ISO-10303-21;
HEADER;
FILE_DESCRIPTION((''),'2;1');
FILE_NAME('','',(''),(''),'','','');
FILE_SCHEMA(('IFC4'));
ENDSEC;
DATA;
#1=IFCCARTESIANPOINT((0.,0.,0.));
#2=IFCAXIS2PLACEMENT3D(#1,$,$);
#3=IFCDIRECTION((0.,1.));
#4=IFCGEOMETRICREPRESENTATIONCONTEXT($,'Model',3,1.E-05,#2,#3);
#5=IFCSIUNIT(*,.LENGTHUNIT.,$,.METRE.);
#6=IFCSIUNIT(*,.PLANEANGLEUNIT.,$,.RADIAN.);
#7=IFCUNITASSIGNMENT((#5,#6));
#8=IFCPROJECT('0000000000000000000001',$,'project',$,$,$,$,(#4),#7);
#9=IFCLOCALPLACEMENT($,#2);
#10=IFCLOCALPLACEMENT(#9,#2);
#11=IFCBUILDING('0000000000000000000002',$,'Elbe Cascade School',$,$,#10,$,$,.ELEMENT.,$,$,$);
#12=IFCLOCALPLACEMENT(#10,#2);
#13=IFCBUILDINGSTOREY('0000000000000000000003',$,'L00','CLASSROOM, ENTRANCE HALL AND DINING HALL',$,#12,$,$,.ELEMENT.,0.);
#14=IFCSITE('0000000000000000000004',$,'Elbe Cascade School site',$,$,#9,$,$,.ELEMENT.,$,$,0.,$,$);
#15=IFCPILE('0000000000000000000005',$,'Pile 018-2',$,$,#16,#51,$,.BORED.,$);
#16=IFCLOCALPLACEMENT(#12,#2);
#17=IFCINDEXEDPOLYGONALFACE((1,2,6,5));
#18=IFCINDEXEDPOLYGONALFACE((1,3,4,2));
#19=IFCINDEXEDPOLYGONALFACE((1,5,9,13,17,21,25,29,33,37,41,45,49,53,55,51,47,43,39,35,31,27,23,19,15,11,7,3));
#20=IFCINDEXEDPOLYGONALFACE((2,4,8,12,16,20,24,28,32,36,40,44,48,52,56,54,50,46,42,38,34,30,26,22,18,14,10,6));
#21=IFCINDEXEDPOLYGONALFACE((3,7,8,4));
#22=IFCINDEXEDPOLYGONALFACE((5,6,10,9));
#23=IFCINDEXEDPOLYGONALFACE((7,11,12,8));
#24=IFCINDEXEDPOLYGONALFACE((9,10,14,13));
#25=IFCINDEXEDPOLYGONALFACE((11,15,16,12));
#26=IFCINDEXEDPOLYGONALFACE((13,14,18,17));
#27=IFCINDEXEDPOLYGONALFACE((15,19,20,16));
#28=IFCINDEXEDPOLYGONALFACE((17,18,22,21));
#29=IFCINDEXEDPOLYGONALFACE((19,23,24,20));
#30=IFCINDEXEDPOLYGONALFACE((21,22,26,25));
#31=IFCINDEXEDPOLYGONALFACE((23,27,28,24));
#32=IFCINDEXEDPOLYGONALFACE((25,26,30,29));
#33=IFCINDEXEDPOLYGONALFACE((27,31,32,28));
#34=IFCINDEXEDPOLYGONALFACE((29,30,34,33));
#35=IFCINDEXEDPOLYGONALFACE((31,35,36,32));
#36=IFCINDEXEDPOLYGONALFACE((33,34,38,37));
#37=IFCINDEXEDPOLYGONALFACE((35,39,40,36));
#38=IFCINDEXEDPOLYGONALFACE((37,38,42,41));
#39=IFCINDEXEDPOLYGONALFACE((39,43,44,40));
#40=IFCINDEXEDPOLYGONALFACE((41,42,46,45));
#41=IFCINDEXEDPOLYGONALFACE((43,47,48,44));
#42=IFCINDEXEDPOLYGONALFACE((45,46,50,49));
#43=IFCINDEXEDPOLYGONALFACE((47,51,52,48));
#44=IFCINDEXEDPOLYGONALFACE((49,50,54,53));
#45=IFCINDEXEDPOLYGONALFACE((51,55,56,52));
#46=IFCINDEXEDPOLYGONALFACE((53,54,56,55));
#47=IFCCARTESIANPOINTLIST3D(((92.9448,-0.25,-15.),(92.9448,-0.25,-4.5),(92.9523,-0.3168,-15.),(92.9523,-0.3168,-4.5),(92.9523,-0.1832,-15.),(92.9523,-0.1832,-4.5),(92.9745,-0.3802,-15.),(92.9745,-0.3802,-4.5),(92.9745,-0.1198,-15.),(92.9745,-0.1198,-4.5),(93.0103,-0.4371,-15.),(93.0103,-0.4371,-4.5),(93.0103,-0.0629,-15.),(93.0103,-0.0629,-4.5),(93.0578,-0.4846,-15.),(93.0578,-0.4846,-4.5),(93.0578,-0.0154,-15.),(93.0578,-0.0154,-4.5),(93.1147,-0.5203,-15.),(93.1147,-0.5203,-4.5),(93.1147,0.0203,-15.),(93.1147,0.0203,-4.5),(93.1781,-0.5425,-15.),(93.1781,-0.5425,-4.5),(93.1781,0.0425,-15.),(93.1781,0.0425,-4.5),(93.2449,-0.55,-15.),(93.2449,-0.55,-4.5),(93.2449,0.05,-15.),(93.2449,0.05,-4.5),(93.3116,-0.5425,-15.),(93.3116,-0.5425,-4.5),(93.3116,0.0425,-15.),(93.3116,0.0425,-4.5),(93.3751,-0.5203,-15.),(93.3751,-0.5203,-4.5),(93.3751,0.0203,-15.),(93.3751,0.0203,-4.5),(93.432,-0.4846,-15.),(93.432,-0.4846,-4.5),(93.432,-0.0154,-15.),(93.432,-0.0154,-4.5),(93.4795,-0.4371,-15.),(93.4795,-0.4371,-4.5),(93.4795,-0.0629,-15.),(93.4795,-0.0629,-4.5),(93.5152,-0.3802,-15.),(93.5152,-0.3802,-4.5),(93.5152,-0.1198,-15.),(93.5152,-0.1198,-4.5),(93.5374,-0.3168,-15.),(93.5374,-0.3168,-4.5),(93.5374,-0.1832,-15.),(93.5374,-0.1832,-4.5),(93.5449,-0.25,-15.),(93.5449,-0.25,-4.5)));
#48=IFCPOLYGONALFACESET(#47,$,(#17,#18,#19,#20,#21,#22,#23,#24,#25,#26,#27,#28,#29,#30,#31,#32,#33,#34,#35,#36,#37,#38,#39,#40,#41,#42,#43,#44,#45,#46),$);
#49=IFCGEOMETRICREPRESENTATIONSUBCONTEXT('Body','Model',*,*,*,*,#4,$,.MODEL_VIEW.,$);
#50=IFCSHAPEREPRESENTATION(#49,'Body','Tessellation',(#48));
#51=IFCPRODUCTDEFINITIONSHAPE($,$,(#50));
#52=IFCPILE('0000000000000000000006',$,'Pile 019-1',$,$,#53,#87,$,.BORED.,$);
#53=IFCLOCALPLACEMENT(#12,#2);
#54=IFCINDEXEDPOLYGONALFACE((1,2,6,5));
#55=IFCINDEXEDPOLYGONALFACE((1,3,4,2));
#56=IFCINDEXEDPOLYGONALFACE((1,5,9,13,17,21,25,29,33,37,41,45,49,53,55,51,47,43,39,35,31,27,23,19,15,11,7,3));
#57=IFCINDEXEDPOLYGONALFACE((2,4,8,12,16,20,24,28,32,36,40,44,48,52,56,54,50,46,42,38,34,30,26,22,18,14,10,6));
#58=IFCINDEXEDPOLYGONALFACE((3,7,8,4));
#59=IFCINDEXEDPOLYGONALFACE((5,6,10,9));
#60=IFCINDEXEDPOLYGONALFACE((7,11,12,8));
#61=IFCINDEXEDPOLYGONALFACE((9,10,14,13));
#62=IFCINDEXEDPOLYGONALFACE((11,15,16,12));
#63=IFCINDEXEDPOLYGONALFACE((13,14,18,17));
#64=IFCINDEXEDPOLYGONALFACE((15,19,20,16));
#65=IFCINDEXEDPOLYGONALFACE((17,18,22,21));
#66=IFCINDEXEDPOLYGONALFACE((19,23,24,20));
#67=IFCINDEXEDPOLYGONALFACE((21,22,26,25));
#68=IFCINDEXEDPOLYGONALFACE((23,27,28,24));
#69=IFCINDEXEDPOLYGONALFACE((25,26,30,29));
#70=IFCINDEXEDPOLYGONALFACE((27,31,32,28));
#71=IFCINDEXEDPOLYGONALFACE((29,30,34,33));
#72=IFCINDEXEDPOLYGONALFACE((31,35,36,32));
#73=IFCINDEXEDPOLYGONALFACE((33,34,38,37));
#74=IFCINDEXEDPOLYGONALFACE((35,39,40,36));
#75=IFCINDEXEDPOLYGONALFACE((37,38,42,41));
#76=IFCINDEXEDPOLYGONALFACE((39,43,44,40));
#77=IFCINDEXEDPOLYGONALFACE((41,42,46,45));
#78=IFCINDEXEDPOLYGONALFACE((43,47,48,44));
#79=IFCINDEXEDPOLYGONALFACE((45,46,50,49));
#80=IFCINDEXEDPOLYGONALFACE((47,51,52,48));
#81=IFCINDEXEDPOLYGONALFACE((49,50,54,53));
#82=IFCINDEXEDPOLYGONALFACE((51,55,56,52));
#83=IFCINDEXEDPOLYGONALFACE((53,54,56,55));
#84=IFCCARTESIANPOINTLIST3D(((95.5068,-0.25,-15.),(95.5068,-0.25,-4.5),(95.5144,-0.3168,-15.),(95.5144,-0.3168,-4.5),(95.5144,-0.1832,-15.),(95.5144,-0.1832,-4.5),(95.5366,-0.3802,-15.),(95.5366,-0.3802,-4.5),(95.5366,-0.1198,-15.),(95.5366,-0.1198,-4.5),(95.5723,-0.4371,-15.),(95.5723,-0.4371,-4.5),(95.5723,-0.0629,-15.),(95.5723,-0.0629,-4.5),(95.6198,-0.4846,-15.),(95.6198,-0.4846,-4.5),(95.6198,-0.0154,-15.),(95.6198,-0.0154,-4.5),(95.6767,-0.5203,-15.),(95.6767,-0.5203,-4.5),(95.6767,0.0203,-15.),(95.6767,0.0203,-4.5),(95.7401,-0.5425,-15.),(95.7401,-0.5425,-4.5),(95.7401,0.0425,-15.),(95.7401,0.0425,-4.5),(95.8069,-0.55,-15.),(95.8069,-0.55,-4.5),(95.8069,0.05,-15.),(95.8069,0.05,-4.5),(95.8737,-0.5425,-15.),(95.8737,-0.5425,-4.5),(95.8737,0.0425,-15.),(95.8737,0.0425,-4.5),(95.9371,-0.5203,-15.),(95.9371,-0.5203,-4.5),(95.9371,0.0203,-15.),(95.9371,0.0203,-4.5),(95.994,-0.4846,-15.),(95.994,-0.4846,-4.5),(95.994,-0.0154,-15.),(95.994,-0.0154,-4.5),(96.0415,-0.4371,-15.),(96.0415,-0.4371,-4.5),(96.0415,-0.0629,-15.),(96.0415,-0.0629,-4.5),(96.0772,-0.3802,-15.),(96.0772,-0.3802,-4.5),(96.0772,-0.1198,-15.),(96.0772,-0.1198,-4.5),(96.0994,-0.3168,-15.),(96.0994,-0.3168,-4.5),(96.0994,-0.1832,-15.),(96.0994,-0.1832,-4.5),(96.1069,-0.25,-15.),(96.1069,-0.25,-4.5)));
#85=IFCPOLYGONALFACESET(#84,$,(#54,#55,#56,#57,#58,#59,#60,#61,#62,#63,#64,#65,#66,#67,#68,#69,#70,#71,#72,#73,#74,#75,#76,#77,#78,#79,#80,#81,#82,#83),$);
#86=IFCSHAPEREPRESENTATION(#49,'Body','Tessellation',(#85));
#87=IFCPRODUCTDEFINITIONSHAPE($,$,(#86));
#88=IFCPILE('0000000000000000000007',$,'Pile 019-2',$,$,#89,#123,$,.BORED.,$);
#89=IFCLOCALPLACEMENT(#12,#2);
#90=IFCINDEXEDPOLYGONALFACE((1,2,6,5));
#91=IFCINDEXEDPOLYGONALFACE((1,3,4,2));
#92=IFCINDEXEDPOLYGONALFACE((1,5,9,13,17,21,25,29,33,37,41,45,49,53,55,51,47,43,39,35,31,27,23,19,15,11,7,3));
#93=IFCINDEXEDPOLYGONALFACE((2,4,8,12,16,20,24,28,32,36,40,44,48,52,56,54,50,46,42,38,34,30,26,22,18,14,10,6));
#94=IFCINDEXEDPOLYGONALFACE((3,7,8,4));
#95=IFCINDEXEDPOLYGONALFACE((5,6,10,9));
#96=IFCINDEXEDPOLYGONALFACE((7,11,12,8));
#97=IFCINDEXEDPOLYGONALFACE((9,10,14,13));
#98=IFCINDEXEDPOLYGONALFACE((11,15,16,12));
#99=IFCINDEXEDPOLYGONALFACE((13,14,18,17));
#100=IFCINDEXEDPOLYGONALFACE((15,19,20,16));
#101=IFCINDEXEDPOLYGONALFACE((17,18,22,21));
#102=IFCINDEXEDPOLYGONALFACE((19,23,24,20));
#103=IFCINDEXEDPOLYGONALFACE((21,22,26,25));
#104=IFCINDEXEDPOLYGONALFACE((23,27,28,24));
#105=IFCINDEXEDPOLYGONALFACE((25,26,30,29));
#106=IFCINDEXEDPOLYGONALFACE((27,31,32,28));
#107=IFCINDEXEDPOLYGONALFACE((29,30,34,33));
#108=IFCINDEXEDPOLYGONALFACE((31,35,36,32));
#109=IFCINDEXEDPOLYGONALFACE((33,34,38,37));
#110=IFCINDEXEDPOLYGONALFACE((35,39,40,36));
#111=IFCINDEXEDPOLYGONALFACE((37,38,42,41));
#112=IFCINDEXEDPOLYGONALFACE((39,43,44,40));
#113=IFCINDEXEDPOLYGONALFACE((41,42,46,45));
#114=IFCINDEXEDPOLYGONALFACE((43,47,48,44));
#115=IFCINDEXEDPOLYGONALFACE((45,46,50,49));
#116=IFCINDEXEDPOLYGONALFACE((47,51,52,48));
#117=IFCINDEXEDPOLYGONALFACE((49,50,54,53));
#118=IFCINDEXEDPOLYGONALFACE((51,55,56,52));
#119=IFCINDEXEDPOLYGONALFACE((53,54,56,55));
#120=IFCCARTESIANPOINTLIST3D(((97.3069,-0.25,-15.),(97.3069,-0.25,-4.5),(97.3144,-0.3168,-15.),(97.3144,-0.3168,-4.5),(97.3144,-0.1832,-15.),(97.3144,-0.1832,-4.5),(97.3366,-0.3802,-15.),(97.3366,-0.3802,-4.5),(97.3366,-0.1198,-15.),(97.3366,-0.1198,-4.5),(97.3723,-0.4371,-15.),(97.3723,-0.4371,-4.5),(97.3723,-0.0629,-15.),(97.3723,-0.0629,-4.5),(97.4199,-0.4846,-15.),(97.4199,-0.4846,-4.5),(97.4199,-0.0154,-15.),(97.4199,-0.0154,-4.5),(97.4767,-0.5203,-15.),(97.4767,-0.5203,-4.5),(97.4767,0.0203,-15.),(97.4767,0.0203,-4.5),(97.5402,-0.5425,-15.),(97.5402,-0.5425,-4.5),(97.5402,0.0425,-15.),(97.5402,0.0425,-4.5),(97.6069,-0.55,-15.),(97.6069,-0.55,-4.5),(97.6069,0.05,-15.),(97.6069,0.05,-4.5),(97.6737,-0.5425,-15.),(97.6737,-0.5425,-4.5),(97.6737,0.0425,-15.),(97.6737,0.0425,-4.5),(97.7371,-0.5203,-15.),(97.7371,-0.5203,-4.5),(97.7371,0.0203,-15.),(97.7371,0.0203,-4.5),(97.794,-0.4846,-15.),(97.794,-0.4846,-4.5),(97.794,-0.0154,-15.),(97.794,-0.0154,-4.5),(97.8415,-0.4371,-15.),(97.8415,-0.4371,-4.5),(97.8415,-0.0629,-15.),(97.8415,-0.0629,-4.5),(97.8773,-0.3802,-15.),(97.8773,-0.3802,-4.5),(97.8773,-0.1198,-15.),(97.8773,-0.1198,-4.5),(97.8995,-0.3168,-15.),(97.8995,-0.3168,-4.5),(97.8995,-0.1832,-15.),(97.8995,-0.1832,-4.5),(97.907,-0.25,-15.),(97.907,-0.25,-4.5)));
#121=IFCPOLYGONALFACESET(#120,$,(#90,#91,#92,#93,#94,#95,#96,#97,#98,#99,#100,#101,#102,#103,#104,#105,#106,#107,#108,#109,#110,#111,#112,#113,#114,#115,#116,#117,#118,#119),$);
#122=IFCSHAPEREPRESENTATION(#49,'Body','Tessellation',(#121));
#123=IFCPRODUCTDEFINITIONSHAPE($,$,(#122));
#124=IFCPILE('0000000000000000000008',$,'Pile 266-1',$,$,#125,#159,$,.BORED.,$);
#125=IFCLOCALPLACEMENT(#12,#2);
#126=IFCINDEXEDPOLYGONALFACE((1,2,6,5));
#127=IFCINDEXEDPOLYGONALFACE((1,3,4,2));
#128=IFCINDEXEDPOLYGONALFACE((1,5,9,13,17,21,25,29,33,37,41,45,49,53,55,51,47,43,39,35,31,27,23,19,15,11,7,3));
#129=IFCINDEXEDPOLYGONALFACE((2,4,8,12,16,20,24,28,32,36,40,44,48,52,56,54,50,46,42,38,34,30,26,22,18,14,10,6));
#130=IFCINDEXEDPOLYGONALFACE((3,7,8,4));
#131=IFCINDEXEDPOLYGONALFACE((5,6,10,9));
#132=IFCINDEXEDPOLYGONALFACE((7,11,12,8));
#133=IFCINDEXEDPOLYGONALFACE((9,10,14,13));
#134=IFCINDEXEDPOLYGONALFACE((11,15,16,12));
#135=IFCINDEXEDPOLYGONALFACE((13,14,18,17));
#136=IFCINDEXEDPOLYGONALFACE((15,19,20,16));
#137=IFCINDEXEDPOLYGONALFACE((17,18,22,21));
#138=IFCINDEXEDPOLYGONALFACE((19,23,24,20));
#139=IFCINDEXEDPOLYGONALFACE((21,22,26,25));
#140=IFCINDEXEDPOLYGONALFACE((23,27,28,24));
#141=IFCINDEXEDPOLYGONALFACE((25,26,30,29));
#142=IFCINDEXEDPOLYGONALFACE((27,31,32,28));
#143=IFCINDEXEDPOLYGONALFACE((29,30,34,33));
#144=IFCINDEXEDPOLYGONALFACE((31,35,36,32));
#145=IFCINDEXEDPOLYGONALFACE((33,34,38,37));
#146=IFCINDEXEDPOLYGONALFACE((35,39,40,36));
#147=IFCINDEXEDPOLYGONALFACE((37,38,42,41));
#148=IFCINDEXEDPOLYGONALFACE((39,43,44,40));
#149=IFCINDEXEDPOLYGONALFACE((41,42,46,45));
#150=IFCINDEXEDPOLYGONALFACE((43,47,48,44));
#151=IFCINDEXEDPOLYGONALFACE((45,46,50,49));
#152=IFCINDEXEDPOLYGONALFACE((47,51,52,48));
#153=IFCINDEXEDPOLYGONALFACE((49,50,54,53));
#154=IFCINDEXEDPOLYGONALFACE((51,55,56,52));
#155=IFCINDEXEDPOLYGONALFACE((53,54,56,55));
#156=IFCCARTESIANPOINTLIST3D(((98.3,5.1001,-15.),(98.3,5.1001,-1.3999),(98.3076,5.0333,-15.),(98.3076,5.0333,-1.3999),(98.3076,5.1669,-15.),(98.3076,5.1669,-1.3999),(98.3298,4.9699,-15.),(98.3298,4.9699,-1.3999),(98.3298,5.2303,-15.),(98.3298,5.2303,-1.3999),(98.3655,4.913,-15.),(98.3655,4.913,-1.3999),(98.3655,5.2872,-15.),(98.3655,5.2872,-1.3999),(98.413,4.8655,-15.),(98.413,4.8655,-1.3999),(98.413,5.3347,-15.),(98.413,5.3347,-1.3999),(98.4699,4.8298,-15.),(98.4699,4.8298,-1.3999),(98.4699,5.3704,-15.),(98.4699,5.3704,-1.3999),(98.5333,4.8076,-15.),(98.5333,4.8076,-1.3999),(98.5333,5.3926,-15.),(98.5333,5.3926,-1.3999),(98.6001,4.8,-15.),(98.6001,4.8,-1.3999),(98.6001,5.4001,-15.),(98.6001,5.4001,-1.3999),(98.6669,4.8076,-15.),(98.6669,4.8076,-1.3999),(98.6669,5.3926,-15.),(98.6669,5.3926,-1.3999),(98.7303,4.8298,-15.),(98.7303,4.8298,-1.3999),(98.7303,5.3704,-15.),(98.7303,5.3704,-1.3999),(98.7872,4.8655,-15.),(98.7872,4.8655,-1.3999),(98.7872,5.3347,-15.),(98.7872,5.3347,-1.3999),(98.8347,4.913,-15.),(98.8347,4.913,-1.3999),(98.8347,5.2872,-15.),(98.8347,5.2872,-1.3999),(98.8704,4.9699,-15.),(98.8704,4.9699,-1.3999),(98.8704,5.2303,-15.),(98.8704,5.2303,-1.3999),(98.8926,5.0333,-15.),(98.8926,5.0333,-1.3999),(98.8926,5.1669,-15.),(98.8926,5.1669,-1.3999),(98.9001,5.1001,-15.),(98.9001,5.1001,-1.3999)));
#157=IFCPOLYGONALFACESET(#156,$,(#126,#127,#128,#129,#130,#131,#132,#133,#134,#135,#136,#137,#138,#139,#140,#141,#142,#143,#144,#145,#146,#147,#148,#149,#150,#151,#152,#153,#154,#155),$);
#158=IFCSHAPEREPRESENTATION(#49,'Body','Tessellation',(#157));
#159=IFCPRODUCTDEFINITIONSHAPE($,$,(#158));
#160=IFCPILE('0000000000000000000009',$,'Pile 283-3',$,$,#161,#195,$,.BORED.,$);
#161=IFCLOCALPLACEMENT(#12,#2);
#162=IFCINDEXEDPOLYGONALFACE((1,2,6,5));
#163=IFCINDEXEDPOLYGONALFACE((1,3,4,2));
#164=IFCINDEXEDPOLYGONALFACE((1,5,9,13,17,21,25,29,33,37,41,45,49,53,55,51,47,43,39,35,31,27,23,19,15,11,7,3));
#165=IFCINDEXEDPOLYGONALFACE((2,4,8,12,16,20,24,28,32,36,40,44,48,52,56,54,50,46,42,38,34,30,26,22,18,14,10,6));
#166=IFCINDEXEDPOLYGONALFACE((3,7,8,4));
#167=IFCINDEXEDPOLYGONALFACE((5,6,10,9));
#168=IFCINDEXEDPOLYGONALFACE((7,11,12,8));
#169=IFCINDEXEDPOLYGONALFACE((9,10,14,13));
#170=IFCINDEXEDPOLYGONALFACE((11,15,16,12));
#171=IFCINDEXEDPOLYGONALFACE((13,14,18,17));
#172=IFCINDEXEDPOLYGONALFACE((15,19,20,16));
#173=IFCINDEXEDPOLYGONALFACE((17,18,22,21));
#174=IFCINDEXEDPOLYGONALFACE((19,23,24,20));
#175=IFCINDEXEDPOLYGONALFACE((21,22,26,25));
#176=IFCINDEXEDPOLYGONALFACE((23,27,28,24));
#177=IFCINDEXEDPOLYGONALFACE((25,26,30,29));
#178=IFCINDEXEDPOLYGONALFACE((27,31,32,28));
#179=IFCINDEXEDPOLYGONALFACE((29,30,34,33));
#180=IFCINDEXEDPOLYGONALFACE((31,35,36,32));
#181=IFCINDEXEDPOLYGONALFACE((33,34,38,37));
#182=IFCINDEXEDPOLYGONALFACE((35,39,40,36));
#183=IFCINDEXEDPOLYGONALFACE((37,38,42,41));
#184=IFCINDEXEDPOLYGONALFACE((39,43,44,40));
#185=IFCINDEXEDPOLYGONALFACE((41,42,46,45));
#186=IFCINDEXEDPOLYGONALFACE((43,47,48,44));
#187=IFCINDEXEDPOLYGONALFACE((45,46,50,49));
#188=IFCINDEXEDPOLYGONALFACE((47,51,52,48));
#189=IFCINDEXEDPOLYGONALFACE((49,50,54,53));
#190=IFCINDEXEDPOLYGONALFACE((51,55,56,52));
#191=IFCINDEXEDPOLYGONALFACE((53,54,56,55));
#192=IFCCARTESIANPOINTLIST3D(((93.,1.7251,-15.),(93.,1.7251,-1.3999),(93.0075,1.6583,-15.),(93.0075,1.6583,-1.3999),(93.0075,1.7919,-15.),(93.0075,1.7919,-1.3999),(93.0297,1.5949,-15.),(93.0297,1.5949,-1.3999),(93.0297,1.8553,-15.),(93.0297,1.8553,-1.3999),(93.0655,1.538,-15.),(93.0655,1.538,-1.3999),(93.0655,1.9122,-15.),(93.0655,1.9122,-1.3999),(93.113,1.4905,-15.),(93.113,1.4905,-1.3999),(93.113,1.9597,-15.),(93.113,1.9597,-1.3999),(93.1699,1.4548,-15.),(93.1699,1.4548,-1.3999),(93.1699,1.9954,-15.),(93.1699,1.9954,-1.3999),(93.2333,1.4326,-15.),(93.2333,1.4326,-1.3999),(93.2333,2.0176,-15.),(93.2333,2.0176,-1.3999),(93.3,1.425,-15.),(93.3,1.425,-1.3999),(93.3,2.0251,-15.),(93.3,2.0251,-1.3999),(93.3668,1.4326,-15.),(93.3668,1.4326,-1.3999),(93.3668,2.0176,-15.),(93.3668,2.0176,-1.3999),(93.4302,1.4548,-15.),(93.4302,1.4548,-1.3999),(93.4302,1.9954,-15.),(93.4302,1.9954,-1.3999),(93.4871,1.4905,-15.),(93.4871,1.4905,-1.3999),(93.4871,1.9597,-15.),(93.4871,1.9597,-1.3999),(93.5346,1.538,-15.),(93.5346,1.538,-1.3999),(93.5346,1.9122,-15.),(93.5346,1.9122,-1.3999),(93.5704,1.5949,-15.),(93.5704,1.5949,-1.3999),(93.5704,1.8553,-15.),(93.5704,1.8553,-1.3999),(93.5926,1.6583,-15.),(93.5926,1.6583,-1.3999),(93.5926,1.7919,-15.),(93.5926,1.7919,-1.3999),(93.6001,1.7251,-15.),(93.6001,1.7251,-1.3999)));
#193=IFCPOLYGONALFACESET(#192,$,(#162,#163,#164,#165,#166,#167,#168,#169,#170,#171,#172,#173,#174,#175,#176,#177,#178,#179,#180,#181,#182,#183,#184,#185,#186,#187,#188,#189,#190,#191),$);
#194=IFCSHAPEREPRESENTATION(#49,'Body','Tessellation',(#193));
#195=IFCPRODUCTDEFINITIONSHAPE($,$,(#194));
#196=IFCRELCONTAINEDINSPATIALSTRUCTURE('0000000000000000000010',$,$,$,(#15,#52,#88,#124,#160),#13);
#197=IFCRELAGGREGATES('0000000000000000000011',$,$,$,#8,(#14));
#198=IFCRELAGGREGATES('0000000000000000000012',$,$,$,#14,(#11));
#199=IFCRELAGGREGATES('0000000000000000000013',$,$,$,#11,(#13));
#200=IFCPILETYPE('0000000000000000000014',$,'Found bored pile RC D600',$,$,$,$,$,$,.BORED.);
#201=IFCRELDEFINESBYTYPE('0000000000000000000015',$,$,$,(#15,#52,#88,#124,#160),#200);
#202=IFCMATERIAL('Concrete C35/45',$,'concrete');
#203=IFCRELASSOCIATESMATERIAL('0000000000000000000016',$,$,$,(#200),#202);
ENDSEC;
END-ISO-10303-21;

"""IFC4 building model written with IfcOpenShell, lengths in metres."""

from ifc_helpers import new_model, si_unit, direction, frame, origin, origin_2d, place, context, subcontext, project, spatial, circle, extrude, material, material_profile, profile_set, type_object, element, save


model = new_model("IFC4")

# Units and contexts
model_context = context("Model", 3, precision=1e-05, world=origin(), true_north=direction((0.0, 1.0)))
body_context = subcontext(model_context, "Body", "Model", "MODEL_VIEW")
ifc_project = project(units=[si_unit("LENGTHUNIT", "METRE"), si_unit("PLANEANGLEUNIT", "RADIAN")], contexts=[model_context])

# Site, building, storey
site_placement = place(None, origin())
site = spatial("IfcSite", under=ifc_project, at=site_placement, Name="Elbe Cascade School site", CompositionType="ELEMENT", RefElevation=0.0)
building_placement = place(site_placement, origin())
building = spatial("IfcBuilding", under=site, at=building_placement, Name="Elbe Cascade School", CompositionType="ELEMENT")
storey_placement = place(building_placement, origin())
storey = spatial("IfcBuildingStorey", under=building, at=storey_placement, Name="L00", Description="CLASSROOM, ENTRANCE HALL AND DINING HALL", CompositionType="ELEMENT", Elevation=0.0)

# Piles
ifc_material_1 = material(Name="Concrete C35/45", Category="concrete")
ifc_material_profile_1 = material_profile(ifc_material_1, circle(Radius=0.3, at=origin_2d()), Name="RC D600")
ifc_profile_set_1 = profile_set([ifc_material_profile_1], Name="Concrete C35/45")
pile_type = type_object("IfcPileType", Name="Found bored pile RC D600", PredefinedType="BORED", material=ifc_profile_set_1)
for number, where, z_axis, x_axis, name in (
    (1, (93.2449, -0.25, -4.5), (0.0, 0.0, -1.0), (1.0, 0.0, 0.0), "Pile 018-2"),
    (2, (95.8069, -0.25, -4.5), (0.0, 0.0, -1.0), (1.0, 0.0, 0.0), "Pile 019-1"),
    (3, (97.6069, -0.25, -4.5), (0.0, 0.0, -1.0), (1.0, 0.0, 0.0), "Pile 019-2"),
):
    element("IfcPile", number, at=place(storey_placement, frame(where, z_axis=z_axis, x_axis=x_axis)), inside=storey, type_object=pile_type, Name=name, PredefinedType="BORED", context=body_context, shape_type="SweptSolid", body=[
        extrude(circle(Radius=0.3, at=origin_2d()), origin(), (0.0, 0.0, 1.0), 10.5),
    ])
for number, where, z_axis, x_axis, name in (
    (4, (98.6001, 5.1001, -1.3999), (0.0, 0.0, -1.0), (1.0, 0.0, 0.0), "Pile 266-1"),
    (5, (93.3, 1.7251, -1.3999), (0.0, 0.0, -1.0), (1.0, 0.0, 0.0), "Pile 283-3"),
):
    element("IfcPile", number, at=place(storey_placement, frame(where, z_axis=z_axis, x_axis=x_axis)), inside=storey, type_object=pile_type, Name=name, PredefinedType="BORED", context=body_context, shape_type="SweptSolid", body=[
        extrude(circle(Radius=0.3, at=origin_2d()), origin(), (0.0, 0.0, 1.0), 13.6001),
    ])

save(model, "model.ifc")
